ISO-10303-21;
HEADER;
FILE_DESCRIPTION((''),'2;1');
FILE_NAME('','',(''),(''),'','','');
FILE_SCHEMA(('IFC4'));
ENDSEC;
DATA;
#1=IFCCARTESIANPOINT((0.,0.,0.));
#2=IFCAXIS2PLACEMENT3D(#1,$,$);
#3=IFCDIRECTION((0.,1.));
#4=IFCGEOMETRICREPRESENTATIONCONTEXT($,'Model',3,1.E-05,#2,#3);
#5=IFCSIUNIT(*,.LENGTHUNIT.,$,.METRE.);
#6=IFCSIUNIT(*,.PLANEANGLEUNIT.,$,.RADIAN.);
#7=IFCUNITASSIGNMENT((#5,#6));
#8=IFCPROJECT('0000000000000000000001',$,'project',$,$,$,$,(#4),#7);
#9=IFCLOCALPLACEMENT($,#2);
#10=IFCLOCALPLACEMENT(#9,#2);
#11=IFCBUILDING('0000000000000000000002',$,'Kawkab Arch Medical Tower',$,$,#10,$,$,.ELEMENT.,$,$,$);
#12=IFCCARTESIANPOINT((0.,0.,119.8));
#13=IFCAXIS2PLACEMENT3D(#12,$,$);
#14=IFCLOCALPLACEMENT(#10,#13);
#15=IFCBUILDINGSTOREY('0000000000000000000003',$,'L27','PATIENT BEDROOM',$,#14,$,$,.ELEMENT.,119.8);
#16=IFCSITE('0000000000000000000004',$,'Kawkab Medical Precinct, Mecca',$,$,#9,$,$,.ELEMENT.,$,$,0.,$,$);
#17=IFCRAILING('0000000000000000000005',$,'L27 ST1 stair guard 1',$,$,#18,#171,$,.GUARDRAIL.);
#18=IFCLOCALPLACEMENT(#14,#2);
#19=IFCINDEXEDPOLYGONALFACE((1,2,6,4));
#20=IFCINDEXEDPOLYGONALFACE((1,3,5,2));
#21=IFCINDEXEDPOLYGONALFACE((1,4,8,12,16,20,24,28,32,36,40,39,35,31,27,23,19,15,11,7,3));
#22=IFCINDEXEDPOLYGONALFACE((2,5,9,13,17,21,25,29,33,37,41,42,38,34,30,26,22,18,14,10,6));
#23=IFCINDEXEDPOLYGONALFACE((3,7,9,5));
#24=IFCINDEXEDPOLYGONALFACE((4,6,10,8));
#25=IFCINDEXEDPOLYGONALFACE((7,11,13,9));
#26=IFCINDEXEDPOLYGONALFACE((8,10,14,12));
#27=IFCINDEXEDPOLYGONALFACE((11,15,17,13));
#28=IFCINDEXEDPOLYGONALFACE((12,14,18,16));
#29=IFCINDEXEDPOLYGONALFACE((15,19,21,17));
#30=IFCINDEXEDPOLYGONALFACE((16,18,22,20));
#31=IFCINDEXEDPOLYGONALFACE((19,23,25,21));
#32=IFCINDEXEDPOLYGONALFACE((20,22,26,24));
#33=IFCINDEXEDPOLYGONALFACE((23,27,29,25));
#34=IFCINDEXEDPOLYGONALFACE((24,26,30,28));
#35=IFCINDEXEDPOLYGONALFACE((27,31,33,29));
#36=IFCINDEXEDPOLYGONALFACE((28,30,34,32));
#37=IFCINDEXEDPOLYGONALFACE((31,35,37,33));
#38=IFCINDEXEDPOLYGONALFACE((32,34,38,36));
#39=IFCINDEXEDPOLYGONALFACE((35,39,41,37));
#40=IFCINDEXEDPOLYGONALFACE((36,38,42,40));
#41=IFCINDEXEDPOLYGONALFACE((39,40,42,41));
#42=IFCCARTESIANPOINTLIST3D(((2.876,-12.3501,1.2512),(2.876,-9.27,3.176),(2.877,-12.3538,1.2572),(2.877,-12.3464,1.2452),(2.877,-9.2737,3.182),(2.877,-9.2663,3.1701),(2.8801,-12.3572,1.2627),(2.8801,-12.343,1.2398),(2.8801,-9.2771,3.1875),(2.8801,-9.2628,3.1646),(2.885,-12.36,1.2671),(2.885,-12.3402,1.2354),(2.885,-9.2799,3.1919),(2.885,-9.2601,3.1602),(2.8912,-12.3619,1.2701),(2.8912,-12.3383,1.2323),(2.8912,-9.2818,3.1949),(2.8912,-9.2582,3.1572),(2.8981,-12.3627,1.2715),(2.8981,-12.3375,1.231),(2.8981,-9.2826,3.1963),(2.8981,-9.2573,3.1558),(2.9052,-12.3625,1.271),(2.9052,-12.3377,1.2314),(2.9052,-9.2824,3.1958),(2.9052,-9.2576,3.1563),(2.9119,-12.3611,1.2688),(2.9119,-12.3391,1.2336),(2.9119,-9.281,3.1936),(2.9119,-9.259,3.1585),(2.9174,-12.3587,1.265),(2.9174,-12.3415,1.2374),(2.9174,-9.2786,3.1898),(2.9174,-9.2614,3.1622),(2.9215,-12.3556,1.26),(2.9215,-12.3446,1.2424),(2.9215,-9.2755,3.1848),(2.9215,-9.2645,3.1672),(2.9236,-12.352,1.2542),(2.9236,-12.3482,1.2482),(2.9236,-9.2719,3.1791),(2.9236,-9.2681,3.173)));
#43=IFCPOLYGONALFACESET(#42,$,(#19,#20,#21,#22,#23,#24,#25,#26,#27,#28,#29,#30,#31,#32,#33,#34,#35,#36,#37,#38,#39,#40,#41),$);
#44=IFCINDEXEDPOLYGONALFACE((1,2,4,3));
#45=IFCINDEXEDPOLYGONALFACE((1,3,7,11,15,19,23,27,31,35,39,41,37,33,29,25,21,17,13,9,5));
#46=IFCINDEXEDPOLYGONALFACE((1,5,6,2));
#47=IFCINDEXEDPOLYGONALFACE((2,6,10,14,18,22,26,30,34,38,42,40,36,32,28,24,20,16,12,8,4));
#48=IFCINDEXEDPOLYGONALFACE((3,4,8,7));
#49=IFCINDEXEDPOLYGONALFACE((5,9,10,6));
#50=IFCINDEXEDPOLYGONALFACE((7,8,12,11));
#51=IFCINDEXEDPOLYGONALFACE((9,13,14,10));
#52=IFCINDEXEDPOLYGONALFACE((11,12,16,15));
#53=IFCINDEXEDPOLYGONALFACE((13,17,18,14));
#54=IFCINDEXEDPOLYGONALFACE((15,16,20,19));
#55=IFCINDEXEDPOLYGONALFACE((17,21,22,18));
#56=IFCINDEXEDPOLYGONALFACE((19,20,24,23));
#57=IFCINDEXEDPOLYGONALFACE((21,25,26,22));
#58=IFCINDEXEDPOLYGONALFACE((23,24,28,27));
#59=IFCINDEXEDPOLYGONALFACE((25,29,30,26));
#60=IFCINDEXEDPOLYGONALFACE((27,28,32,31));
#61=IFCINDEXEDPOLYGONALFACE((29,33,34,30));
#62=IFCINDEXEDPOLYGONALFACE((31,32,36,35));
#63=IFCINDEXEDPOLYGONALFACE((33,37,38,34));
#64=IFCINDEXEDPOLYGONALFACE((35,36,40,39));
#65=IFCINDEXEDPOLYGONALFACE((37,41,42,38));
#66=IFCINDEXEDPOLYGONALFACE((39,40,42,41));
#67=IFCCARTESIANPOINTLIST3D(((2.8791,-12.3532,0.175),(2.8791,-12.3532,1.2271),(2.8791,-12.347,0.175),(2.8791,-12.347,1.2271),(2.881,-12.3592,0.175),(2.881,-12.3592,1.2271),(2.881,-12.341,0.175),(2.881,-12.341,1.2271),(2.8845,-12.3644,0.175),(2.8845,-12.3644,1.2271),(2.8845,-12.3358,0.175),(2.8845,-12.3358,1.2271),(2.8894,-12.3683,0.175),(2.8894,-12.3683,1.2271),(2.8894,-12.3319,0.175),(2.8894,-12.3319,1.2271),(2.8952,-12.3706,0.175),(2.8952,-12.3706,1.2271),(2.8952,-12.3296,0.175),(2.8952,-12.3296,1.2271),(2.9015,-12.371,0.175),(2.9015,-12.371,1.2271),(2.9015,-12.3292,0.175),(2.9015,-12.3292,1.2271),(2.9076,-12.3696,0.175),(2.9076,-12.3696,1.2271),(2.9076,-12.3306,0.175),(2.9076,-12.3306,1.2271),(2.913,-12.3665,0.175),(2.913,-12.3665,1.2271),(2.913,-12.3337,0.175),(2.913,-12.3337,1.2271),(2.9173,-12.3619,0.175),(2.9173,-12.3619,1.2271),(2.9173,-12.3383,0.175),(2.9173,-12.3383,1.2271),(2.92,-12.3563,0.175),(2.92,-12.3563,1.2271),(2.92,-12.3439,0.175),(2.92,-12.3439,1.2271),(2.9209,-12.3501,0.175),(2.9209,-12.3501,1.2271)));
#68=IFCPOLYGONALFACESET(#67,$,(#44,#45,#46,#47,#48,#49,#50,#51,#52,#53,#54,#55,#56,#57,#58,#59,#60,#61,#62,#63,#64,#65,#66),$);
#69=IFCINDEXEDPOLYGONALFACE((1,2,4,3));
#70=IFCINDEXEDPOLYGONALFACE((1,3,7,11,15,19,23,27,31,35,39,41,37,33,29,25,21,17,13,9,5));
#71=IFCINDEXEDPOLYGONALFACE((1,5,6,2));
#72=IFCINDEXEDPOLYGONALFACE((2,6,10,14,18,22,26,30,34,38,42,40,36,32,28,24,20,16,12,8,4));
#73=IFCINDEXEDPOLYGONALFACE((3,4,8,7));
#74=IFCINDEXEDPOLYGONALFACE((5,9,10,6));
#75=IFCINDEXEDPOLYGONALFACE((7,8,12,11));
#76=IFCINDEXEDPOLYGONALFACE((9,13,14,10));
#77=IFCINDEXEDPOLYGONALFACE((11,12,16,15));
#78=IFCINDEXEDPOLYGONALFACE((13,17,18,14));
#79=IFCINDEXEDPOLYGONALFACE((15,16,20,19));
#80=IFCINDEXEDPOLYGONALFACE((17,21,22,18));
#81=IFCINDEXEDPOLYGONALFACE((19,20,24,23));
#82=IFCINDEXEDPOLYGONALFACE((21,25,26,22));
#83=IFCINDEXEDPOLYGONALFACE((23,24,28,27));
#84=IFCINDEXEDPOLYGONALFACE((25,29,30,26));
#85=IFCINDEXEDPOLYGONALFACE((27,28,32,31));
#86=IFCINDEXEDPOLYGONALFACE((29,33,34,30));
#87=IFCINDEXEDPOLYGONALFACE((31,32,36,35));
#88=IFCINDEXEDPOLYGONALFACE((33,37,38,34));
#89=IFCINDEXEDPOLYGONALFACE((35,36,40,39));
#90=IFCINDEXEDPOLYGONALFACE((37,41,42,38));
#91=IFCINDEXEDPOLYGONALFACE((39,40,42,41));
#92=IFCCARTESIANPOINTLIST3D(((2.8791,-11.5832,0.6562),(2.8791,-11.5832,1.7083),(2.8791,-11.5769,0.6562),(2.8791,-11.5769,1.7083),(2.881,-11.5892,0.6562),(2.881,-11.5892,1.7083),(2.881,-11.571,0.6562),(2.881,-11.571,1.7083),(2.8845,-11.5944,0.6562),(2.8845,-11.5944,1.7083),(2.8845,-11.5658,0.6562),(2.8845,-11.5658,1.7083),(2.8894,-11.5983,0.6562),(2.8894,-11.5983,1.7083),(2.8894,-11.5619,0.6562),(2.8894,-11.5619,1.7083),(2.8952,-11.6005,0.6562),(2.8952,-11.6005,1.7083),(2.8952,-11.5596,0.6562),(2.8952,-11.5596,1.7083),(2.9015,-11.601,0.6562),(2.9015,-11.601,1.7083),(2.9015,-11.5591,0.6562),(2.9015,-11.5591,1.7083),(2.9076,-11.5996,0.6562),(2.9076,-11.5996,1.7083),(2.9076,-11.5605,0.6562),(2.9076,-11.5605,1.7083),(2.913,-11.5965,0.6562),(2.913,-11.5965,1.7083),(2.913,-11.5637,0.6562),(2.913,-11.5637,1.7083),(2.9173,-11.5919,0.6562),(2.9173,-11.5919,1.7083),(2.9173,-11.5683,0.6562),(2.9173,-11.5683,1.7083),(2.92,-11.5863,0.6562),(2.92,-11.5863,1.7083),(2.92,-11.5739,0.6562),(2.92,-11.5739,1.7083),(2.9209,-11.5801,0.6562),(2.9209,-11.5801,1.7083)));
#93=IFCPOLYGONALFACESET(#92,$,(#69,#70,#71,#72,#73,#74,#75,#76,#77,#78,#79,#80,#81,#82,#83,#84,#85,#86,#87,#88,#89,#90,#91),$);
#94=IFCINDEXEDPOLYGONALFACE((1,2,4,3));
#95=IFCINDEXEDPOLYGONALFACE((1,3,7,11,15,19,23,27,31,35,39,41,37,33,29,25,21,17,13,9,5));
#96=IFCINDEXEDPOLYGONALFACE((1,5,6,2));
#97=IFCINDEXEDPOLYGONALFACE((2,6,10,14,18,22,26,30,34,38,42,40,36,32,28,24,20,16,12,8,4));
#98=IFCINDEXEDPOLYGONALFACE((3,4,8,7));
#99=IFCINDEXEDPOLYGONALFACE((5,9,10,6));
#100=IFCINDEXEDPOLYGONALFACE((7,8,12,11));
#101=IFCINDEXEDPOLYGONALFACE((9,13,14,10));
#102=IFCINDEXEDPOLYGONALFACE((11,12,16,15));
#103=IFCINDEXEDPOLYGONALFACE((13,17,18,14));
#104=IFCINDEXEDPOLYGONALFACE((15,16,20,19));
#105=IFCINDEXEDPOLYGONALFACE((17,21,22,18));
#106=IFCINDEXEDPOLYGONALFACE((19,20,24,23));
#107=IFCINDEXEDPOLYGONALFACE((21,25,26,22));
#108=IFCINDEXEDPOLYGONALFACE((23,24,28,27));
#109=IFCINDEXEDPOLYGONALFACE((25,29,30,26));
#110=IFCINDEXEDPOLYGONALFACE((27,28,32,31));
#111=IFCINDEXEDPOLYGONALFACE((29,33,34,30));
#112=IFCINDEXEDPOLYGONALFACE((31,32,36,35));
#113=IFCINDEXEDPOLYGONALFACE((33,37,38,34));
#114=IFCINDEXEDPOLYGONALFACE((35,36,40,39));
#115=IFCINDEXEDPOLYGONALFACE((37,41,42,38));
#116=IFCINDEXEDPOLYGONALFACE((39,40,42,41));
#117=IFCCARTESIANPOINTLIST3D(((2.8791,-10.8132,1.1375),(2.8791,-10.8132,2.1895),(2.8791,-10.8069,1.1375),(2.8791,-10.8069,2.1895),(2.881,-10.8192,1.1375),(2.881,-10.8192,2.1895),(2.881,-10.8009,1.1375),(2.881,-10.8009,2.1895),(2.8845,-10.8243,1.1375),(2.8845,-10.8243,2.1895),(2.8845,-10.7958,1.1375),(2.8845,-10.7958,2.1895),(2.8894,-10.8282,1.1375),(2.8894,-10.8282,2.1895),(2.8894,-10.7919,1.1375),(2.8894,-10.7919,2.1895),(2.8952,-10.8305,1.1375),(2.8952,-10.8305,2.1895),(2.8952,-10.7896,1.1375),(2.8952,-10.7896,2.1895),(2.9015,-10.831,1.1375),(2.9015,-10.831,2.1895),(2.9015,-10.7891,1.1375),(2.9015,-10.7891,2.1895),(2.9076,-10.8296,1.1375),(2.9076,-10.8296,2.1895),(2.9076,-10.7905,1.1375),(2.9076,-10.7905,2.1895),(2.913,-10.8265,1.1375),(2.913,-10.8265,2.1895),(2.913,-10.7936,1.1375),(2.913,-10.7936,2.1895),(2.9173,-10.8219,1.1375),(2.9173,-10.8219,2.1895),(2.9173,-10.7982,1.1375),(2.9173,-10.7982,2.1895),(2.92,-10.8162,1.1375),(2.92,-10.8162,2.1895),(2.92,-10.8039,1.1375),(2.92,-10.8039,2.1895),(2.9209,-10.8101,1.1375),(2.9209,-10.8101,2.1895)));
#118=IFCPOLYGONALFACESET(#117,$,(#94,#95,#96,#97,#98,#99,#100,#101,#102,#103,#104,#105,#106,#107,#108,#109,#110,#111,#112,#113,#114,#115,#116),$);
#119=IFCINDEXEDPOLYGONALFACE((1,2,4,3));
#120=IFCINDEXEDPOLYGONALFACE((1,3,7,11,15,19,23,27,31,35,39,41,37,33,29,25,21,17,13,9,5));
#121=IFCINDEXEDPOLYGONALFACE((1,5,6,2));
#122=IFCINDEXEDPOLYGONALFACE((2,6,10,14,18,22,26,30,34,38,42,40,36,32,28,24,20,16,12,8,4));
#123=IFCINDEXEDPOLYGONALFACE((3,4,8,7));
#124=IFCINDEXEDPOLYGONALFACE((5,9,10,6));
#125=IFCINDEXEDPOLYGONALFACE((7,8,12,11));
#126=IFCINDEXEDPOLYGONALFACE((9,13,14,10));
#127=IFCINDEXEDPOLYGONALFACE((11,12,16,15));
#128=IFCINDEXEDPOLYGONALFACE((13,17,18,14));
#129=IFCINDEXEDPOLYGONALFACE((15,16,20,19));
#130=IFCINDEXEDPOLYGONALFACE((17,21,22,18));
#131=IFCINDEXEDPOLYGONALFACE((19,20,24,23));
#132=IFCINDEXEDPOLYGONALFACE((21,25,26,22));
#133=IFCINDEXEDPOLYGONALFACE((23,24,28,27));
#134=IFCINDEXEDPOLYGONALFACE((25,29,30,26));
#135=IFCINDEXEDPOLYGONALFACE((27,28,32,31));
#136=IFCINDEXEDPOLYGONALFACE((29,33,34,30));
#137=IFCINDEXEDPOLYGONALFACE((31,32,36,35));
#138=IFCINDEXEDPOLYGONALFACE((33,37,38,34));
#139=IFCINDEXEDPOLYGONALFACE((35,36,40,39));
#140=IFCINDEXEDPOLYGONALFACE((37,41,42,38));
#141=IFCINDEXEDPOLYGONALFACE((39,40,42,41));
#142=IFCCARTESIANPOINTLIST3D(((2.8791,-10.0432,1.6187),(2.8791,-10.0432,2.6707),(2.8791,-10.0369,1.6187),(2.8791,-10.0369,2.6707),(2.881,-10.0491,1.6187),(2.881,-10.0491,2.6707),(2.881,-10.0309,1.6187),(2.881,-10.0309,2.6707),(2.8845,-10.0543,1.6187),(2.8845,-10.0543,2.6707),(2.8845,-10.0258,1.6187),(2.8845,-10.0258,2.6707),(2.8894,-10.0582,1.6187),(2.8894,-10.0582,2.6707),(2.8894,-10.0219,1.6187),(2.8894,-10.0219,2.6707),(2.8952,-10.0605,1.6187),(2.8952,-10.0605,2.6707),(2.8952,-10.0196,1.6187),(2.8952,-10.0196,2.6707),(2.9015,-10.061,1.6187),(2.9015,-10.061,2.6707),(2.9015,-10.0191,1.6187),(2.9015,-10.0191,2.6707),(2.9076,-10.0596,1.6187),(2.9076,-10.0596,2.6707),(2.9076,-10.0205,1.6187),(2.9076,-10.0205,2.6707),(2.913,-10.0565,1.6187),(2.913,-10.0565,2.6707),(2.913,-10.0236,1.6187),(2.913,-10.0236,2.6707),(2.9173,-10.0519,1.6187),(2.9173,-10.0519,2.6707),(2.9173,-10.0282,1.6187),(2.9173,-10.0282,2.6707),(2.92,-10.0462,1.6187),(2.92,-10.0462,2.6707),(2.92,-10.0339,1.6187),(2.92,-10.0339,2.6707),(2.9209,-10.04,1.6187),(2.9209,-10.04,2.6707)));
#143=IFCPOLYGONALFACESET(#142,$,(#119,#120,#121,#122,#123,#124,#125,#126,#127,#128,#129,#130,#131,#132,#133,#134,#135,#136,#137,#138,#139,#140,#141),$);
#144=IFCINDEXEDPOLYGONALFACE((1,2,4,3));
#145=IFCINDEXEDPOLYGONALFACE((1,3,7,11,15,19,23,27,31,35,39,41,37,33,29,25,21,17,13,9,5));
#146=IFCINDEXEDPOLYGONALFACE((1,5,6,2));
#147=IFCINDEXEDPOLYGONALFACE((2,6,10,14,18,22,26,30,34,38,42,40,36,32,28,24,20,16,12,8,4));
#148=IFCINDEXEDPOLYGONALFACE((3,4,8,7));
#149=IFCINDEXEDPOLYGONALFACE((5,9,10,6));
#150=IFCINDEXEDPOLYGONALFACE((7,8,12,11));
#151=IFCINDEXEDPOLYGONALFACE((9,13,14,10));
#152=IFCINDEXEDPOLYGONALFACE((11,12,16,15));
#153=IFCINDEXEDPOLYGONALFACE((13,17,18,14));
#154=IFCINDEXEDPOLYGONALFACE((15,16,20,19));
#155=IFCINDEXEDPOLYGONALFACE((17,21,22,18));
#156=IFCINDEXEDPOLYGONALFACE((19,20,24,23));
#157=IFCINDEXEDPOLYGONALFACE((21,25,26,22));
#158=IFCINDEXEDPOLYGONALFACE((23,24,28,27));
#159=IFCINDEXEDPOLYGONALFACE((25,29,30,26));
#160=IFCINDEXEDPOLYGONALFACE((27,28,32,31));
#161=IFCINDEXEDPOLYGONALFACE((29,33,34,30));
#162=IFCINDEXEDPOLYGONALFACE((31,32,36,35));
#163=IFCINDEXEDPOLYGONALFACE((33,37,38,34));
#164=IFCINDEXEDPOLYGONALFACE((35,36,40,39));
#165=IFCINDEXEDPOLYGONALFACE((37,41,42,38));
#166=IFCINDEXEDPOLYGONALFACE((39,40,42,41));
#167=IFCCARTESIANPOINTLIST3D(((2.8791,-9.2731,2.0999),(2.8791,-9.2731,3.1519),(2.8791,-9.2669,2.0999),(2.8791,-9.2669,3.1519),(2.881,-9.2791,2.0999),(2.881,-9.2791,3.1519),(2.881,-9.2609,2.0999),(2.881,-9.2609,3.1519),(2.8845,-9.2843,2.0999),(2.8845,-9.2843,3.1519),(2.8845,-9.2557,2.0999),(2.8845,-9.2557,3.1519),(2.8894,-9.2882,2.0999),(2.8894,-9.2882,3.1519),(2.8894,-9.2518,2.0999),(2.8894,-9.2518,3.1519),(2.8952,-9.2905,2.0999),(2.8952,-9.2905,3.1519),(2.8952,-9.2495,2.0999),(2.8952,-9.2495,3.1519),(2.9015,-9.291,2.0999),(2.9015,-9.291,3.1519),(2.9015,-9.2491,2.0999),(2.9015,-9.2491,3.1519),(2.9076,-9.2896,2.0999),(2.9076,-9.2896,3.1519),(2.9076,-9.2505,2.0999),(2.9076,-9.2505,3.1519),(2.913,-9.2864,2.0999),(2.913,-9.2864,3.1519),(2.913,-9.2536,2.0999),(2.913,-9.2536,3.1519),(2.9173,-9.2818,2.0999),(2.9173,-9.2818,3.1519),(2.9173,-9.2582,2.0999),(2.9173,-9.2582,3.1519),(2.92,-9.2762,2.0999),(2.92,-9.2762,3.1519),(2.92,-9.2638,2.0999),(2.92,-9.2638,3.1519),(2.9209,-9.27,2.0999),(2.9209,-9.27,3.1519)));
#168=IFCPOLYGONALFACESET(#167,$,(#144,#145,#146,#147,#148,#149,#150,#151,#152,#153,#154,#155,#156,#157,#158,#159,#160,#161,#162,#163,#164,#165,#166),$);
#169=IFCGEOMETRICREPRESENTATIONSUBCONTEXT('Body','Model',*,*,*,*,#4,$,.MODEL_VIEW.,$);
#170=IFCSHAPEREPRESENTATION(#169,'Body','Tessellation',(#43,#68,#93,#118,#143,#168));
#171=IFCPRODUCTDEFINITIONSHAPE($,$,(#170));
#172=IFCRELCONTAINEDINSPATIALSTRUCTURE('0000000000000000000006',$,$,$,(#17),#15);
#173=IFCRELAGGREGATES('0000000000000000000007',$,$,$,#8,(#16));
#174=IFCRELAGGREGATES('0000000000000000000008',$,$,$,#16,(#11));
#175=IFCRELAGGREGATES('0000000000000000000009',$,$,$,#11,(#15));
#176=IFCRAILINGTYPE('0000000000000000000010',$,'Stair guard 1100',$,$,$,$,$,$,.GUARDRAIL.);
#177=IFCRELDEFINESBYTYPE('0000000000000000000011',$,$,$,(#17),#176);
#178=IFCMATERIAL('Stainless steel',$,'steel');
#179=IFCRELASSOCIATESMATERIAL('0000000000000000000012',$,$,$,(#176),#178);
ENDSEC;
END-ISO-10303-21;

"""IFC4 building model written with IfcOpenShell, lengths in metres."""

from ifc_helpers import new_model, si_unit, direction, frame, origin, origin_2d, place, context, subcontext, project, spatial, circle, extrude, material, type_object, element, save


model = new_model("IFC4")

# Units and contexts
model_context = context("Model", 3, precision=1e-05, world=origin(), true_north=direction((0.0, 1.0)))
body_context = subcontext(model_context, "Body", "Model", "MODEL_VIEW")
ifc_project = project(units=[si_unit("LENGTHUNIT", "METRE"), si_unit("PLANEANGLEUNIT", "RADIAN")], contexts=[model_context])

# Site, building, storey
site_placement = place(None, origin())
site = spatial("IfcSite", under=ifc_project, at=site_placement, Name="Kawkab Medical Precinct, Mecca", CompositionType="ELEMENT", RefElevation=0.0)
building_placement = place(site_placement, origin())
building = spatial("IfcBuilding", under=site, at=building_placement, Name="Kawkab Arch Medical Tower", CompositionType="ELEMENT")
storey_placement = place(building_placement, frame((0.0, 0.0, 119.8)))
storey = spatial("IfcBuildingStorey", under=building, at=storey_placement, Name="L27", Description="PATIENT BEDROOM", CompositionType="ELEMENT", Elevation=119.8)

# Railing
ifc_material_1 = material(Name="Stainless steel", Category="steel")
railing_type_1 = type_object("IfcRailingType", Name="Stair guard 1100", PredefinedType="GUARDRAIL", material=ifc_material_1)
railing_1_placement = place(storey_placement, frame((2.8999, -12.3501, 0.175)))
element("IfcRailing", 1, at=railing_1_placement, inside=storey, type_object=railing_type_1, Name="L27 ST1 stair guard 1", PredefinedType="GUARDRAIL", context=body_context, shape_type="SweptSolid", body=[
    extrude(circle(Radius=0.0239, at=origin_2d()), frame((0.0, 0.0, 1.0762), z_axis=(0.0, 0.848029, 0.529951), x_axis=(-1.0, 0.0, 0.0)), (0.0, 0.0, 1.0), 3.6321),
    extrude(circle(Radius=0.021, at=origin_2d()), origin(), (0.0, 0.0, 1.0), 1.052),
    extrude(circle(Radius=0.021, at=origin_2d()), frame((0.0, 0.77, 0.4812)), (0.0, 0.0, 1.0), 1.052),
    extrude(circle(Radius=0.021, at=origin_2d()), frame((0.0, 1.54, 0.9624)), (0.0, 0.0, 1.0), 1.052),
    extrude(circle(Radius=0.021, at=origin_2d()), frame((0.0, 2.3101, 1.4436)), (0.0, 0.0, 1.0), 1.052),
    extrude(circle(Radius=0.021, at=origin_2d()), frame((0.0, 3.0801, 1.9248)), (0.0, 0.0, 1.0), 1.052),
])

save(model, "model.ifc")
